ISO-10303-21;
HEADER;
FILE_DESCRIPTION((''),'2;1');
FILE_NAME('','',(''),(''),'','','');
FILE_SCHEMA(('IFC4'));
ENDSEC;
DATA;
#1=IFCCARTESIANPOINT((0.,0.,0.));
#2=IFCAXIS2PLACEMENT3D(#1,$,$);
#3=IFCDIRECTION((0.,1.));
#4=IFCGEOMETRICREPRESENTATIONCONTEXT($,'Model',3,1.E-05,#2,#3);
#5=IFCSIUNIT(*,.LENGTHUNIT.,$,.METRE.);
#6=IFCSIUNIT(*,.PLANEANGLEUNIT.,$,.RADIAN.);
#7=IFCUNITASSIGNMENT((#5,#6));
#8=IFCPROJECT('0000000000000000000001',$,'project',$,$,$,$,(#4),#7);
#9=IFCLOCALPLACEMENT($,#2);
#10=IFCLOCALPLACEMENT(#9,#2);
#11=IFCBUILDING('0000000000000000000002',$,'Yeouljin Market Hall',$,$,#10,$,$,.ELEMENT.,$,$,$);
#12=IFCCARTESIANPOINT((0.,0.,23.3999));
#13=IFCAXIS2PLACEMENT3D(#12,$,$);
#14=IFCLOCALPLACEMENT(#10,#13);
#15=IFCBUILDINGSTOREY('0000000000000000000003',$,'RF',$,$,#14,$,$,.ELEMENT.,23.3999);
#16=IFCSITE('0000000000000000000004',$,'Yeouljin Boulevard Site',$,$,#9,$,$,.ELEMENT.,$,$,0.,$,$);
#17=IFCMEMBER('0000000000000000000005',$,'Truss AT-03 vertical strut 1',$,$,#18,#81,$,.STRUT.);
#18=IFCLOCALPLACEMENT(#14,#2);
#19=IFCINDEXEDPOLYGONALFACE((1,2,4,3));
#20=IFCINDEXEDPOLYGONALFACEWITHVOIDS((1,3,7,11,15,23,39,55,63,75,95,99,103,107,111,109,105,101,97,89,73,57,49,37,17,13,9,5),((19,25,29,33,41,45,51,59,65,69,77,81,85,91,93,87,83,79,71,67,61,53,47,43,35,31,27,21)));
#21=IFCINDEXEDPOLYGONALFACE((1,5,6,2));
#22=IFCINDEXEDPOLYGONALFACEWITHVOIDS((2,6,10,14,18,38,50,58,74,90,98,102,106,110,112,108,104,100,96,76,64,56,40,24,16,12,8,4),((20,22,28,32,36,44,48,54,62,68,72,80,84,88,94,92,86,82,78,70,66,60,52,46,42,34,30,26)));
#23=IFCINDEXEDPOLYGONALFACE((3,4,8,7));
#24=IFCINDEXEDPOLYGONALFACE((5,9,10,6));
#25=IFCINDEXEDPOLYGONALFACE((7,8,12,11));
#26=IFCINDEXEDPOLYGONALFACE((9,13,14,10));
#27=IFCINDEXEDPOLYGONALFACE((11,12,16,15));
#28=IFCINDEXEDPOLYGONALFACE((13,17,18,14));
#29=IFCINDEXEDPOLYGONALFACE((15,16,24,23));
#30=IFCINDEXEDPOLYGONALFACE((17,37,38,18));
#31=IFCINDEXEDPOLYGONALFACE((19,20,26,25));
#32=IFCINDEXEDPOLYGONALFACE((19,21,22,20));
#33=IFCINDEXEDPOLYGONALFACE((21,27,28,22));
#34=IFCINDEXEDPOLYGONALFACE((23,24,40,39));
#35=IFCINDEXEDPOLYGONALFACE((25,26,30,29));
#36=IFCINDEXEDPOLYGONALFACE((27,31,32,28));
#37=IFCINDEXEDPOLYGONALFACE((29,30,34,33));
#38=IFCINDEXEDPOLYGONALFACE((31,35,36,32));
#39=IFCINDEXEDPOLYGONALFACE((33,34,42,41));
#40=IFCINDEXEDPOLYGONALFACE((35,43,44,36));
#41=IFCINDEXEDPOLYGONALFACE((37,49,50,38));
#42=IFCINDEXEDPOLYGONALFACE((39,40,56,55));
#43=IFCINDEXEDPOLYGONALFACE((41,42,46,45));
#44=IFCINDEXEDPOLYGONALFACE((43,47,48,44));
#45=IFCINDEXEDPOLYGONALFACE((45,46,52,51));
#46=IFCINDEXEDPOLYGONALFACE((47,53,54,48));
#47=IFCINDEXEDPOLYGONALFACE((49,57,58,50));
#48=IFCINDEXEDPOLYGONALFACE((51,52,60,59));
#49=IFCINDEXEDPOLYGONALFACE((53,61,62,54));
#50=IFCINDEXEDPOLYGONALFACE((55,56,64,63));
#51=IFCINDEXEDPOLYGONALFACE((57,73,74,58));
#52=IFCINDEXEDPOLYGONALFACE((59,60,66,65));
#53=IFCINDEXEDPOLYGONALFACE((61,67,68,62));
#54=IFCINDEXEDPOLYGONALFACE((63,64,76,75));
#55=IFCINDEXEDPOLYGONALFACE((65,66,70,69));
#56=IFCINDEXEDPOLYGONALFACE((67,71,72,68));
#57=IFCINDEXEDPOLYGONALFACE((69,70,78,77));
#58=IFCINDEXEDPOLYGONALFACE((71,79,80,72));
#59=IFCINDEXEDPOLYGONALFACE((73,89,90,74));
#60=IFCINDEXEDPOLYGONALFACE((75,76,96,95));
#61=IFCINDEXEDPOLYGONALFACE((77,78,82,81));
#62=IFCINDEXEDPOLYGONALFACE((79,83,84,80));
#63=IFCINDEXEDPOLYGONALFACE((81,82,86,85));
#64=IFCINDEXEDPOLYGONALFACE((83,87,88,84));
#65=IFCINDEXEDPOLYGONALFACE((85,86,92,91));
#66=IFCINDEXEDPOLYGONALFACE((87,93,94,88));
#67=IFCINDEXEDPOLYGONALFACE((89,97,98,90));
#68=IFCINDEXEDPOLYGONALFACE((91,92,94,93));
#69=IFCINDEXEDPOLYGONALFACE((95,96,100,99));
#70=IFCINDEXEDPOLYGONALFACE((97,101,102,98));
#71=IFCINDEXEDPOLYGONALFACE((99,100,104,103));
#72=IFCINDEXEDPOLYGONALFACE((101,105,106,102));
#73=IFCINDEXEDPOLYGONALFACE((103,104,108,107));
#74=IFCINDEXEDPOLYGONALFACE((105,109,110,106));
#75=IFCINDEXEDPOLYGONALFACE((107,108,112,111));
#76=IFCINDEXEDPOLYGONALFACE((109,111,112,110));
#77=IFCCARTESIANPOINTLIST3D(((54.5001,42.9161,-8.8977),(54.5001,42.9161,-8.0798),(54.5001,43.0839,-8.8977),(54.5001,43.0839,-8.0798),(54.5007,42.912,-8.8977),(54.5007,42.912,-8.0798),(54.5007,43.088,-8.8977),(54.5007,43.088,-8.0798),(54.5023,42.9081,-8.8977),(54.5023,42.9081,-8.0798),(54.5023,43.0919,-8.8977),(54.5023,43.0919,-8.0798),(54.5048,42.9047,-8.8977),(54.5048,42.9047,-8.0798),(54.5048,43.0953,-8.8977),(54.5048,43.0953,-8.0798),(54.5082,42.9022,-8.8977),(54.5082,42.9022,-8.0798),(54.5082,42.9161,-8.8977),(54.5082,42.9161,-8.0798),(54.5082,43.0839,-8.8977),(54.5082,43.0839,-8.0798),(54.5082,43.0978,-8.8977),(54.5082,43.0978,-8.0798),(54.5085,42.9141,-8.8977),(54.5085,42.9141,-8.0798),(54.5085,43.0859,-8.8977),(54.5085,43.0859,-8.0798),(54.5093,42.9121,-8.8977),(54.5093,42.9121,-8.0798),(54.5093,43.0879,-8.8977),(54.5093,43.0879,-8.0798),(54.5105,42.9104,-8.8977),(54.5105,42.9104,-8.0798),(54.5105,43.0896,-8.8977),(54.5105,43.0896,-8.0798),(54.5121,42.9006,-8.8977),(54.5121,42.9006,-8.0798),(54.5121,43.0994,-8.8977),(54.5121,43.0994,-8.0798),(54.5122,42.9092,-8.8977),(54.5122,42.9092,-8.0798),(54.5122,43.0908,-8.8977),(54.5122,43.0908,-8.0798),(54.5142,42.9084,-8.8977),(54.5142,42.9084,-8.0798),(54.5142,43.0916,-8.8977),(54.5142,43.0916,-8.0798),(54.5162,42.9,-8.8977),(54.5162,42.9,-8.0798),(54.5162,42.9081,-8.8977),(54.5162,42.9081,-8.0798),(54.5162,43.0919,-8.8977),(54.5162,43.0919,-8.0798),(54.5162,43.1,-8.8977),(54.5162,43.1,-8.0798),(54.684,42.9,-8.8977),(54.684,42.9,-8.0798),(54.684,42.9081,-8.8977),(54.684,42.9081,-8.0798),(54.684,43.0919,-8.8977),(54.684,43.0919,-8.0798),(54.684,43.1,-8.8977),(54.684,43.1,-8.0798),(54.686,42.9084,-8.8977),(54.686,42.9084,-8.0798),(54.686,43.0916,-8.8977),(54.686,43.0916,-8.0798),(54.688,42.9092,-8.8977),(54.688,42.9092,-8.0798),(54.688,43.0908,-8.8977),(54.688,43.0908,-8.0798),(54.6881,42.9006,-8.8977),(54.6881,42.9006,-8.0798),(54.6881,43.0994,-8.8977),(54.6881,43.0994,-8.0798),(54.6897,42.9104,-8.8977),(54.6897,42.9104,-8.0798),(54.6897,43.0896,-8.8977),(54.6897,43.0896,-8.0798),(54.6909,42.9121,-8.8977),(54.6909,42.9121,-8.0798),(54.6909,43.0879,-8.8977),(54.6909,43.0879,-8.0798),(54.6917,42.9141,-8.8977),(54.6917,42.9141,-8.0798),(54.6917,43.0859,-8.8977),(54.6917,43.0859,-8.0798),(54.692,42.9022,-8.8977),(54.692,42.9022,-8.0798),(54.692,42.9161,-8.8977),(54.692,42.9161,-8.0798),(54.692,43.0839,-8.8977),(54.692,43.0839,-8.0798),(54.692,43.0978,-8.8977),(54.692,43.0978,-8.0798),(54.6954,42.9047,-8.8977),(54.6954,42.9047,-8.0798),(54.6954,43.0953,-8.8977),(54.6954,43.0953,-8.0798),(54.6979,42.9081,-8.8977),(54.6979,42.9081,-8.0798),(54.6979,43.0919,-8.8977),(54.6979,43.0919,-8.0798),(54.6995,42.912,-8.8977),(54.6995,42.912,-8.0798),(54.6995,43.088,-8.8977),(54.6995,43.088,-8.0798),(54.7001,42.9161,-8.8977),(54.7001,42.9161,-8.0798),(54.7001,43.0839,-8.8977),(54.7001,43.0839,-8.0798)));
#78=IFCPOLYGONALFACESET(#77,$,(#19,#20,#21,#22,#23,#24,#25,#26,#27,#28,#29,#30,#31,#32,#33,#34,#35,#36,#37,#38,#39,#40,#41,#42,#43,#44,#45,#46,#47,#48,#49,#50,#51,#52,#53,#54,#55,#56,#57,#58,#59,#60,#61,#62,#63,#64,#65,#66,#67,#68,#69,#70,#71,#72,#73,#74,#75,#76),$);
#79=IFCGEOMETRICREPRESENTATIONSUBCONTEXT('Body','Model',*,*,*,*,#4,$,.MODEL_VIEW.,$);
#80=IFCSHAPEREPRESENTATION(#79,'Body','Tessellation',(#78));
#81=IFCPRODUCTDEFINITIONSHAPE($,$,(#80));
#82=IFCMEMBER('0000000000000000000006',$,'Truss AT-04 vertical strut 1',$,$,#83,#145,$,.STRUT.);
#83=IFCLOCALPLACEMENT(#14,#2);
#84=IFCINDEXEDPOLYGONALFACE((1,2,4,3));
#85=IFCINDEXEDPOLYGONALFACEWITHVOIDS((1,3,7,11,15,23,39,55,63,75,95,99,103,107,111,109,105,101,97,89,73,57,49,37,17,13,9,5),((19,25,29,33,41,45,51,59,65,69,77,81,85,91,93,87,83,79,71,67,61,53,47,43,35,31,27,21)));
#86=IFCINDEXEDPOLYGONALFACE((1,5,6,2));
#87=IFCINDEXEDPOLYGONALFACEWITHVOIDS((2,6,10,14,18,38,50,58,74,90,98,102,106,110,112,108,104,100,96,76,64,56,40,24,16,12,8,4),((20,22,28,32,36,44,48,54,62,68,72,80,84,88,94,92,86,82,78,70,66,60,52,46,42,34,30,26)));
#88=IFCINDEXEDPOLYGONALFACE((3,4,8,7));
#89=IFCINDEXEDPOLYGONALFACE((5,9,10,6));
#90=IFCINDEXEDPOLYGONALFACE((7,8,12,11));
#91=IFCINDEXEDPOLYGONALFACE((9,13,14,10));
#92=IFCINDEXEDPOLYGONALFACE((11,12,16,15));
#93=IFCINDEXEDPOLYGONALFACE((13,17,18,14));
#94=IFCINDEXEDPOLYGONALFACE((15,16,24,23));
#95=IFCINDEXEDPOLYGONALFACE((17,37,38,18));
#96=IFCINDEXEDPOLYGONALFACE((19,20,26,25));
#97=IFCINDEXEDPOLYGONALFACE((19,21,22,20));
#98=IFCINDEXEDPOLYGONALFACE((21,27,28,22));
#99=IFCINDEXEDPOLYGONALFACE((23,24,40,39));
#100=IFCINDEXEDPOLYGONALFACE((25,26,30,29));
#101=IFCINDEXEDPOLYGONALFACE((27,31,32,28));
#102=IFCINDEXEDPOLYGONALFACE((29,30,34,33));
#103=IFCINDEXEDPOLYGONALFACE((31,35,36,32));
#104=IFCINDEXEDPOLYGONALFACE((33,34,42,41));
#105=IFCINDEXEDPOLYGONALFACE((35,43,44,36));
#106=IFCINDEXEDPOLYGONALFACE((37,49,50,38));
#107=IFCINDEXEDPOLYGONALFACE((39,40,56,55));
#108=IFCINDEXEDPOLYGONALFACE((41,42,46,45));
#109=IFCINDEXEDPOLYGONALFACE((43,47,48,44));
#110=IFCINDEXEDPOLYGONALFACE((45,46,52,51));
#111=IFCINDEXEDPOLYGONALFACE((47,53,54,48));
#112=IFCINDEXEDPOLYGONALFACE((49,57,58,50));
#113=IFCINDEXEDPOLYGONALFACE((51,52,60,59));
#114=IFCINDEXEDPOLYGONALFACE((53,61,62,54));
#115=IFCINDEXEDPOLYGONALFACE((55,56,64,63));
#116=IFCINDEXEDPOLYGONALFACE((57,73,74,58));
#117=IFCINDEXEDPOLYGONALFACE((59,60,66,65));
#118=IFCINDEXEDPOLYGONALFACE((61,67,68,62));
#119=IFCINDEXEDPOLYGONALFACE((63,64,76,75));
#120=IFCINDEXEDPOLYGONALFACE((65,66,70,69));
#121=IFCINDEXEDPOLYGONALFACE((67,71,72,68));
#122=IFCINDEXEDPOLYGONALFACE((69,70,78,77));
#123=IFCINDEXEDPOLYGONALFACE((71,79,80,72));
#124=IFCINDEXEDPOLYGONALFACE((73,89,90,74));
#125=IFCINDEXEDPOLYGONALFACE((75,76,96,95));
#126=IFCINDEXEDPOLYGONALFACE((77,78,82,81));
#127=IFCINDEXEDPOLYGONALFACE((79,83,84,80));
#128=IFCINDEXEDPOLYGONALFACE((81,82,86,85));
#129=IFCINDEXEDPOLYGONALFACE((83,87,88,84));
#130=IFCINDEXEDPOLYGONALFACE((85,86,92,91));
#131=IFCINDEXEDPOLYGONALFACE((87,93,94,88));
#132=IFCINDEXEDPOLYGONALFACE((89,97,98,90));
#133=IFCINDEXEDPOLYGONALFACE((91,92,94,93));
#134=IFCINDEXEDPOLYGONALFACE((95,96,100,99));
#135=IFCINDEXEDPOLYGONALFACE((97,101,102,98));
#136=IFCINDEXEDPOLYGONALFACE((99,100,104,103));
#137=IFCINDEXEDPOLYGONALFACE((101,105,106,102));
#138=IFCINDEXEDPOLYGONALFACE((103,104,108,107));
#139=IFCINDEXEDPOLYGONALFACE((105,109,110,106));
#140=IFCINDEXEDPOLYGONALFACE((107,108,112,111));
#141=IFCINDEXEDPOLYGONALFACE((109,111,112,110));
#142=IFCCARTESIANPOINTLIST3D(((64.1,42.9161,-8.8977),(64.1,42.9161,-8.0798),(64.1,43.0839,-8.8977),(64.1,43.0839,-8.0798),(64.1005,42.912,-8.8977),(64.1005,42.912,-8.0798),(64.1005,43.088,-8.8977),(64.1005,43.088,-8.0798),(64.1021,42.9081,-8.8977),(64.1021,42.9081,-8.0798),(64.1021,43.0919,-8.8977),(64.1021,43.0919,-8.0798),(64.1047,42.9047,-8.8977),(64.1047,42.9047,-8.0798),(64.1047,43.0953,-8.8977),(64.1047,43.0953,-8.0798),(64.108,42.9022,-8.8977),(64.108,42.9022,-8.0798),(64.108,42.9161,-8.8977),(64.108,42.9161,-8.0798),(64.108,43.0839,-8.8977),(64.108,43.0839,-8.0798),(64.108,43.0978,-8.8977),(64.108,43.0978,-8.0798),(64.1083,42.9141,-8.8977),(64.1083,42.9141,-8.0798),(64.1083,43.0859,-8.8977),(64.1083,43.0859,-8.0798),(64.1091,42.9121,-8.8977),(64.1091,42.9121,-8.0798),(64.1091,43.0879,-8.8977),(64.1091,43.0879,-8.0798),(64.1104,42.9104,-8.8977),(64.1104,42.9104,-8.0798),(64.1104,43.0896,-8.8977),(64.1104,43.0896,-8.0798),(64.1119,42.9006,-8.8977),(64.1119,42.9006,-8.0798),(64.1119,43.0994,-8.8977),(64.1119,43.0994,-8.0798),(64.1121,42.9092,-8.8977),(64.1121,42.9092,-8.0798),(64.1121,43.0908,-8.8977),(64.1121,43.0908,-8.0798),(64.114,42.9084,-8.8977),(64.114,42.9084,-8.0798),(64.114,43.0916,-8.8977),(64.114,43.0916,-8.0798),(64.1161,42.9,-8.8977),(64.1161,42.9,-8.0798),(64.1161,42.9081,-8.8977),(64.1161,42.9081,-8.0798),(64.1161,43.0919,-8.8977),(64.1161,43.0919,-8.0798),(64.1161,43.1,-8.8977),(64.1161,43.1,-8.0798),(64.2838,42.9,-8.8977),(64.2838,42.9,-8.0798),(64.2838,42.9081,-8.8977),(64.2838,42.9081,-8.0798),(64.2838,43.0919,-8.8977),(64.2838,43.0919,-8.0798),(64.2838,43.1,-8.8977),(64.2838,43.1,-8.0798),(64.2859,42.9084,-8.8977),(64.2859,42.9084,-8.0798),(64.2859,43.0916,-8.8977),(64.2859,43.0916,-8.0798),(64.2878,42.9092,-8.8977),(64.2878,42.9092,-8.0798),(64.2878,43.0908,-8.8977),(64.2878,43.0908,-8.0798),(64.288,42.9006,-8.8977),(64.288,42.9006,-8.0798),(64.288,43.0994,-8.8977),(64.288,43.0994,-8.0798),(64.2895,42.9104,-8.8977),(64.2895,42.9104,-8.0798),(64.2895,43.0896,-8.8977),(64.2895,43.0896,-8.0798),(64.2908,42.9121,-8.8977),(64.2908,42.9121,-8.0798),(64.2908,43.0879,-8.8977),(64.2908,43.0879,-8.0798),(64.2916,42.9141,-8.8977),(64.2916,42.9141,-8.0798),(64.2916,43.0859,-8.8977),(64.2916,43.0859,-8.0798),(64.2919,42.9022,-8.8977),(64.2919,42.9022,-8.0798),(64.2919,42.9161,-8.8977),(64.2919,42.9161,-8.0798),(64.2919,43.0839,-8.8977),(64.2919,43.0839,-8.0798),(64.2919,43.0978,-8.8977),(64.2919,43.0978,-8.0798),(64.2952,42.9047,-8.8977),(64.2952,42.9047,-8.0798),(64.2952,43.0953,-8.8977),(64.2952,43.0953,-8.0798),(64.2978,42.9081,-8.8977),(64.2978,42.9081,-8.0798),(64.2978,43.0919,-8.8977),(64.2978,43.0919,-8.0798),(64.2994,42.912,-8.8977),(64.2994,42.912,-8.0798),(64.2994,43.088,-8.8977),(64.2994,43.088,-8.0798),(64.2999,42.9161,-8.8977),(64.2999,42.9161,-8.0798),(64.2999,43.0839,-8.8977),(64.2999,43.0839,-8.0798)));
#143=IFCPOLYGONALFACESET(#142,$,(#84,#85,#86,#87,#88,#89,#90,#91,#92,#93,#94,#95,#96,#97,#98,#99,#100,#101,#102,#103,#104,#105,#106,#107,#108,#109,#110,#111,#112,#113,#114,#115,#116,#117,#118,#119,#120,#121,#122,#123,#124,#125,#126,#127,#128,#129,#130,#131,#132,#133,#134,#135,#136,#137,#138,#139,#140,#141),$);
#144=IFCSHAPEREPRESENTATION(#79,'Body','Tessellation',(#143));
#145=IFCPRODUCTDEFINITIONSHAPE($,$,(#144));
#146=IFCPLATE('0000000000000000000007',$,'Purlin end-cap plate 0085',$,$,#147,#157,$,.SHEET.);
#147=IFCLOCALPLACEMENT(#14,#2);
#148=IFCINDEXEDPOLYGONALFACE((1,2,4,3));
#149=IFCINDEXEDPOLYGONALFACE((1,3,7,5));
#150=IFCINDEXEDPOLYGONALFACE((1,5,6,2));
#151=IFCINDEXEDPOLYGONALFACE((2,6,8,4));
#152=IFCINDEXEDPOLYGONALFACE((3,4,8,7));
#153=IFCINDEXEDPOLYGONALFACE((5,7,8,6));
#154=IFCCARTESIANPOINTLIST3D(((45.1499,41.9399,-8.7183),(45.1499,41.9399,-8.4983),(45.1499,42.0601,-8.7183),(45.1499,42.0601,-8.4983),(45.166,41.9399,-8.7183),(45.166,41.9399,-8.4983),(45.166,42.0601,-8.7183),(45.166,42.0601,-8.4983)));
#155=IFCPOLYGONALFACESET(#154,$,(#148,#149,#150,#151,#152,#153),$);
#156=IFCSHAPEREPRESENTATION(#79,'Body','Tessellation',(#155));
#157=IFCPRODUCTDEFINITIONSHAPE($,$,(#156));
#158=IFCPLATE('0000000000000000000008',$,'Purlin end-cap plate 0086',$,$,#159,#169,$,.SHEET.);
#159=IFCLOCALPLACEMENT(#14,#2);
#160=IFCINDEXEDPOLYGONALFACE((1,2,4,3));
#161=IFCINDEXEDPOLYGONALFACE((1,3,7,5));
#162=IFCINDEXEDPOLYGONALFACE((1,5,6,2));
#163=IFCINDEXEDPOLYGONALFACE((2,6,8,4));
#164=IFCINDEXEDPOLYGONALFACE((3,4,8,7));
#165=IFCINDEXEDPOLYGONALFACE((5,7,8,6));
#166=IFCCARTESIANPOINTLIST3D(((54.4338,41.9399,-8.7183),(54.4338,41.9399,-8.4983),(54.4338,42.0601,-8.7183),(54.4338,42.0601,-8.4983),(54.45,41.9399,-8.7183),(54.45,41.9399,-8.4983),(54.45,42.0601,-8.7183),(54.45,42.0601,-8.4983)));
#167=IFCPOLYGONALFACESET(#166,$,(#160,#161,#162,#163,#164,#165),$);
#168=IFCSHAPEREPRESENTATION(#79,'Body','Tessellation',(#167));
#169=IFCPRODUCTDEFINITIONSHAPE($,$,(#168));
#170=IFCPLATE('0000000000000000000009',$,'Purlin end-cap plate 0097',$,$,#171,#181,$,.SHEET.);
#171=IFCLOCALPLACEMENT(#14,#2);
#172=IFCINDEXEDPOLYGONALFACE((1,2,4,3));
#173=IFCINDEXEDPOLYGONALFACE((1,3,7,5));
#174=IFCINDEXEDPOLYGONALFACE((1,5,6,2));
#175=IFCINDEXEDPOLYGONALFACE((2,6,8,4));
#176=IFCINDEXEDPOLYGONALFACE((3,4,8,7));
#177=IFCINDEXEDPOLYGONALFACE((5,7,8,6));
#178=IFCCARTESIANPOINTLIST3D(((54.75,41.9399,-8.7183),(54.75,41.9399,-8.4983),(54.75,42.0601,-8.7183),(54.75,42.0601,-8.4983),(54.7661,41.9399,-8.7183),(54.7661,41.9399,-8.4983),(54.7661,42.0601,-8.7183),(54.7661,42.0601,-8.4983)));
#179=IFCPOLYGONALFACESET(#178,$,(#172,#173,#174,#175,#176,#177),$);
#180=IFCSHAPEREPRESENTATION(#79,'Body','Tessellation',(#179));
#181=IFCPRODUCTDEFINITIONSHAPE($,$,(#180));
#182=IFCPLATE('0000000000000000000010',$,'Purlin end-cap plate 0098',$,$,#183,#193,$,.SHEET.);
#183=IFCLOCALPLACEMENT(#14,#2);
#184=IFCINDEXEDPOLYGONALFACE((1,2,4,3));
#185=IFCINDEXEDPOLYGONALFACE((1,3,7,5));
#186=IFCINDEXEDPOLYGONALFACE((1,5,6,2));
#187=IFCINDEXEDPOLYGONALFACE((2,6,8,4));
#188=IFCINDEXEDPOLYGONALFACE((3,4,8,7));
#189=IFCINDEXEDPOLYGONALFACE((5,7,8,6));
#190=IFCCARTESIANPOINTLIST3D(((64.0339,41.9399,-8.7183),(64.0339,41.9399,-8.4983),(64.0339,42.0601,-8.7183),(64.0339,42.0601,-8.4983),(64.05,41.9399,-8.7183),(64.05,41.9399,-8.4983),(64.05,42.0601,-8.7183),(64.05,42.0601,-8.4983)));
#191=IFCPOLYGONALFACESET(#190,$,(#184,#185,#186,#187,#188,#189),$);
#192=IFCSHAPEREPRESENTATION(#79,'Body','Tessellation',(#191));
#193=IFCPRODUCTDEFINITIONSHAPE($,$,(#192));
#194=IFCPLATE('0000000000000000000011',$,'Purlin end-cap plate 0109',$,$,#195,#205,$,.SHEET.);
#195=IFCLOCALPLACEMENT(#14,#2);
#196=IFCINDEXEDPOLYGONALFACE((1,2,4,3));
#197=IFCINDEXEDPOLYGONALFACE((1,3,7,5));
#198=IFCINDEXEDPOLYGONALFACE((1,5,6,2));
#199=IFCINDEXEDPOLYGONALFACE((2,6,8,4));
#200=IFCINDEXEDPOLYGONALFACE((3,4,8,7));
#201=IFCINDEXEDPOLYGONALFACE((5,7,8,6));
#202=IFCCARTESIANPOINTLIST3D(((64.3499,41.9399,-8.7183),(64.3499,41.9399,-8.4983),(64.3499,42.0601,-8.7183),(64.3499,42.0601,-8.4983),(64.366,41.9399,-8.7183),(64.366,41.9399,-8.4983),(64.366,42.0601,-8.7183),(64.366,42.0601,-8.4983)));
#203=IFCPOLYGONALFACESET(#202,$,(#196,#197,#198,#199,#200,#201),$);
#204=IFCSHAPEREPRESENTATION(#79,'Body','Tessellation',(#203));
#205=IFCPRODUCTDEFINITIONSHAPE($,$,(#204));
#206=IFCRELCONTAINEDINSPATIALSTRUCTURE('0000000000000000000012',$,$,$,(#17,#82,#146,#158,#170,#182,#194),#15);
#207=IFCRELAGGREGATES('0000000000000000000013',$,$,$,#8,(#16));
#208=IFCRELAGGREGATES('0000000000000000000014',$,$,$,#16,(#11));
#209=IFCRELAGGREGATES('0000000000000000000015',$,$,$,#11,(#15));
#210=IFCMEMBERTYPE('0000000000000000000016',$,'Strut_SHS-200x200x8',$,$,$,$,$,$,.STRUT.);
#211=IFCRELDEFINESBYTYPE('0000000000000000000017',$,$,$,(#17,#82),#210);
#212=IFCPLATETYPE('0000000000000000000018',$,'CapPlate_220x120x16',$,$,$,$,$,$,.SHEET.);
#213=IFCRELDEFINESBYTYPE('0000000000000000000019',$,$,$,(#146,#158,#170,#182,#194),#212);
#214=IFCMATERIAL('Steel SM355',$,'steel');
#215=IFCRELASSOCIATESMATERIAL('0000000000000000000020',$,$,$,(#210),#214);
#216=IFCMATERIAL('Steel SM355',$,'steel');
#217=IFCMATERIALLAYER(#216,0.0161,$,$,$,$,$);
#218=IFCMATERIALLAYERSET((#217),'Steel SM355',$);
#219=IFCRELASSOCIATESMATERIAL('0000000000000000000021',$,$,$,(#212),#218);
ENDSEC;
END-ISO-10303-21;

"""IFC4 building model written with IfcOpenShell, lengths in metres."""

from ifc_helpers import new_model, si_unit, direction, frame, origin, origin_2d, place, context, subcontext, project, spatial, rectangle, hollow_rectangle, extrude, material, layer, layer_set, material_profile, profile_set, type_object, element, save


model = new_model("IFC4")

# Units and contexts
model_context = context("Model", 3, precision=1e-05, world=origin(), true_north=direction((0.0, 1.0)))
body_context = subcontext(model_context, "Body", "Model", "MODEL_VIEW")
ifc_project = project(units=[si_unit("LENGTHUNIT", "METRE"), si_unit("PLANEANGLEUNIT", "RADIAN")], contexts=[model_context])

# Site, building, storey
site_placement = place(None, origin())
site = spatial("IfcSite", under=ifc_project, at=site_placement, Name="Yeouljin Boulevard Site", CompositionType="ELEMENT", RefElevation=0.0)
building_placement = place(site_placement, origin())
building = spatial("IfcBuilding", under=site, at=building_placement, Name="Yeouljin Market Hall", CompositionType="ELEMENT")
storey_placement = place(building_placement, frame((0.0, 0.0, 23.3999)))
storey = spatial("IfcBuildingStorey", under=building, at=storey_placement, Name="RF", CompositionType="ELEMENT", Elevation=23.3999)

# Members
ifc_material_1 = material(Name="Steel SM355", Category="steel")
ifc_material_profile_1 = material_profile(ifc_material_1, hollow_rectangle(XDim=0.2, YDim=0.2, WallThickness=0.0081, InnerFilletRadius=0.0081, OuterFilletRadius=0.0161, at=origin_2d()), Name="SHS-200x200x8")
ifc_profile_set_1 = profile_set([ifc_material_profile_1], Name="Steel SM355")
member_type_1 = type_object("IfcMemberType", Name="Strut_SHS-200x200x8", PredefinedType="STRUT", material=ifc_profile_set_1)
for number, where, z_axis, x_axis, name in (
    (1, (54.6001, 43.0, -8.8977), (0.0, 0.0, 1.0), (1.0, 0.0, 0.0), "Truss AT-03 vertical strut 1"),
    (2, (64.2, 43.0, -8.8977), (0.0, 0.0, 1.0), (1.0, 0.0, 0.0), "Truss AT-04 vertical strut 1"),
):
    element("IfcMember", number, at=place(storey_placement, frame(where, z_axis=z_axis, x_axis=x_axis)), inside=storey, type_object=member_type_1, Name=name, PredefinedType="STRUT", context=body_context, shape_type="SweptSolid", body=[
        extrude(hollow_rectangle(XDim=0.2, YDim=0.2, WallThickness=0.0081, InnerFilletRadius=0.0081, OuterFilletRadius=0.0161, at=origin_2d()), origin(), (0.0, 0.0, 1.0), 0.8179),
    ])

# Plates
ifc_material_2 = material(Name="Steel SM355", Category="steel")
ifc_layer_1 = layer(ifc_material_2, 0.0161)
ifc_layer_set_1 = layer_set([ifc_layer_1], Name="Steel SM355")
plate_type_1 = type_object("IfcPlateType", Name="CapPlate_220x120x16", PredefinedType="SHEET", material=ifc_layer_set_1)
for number, where, z_axis, x_axis, name in (
    (3, (45.158, 42.0, -8.7183), (0.0, 0.0, 1.0), (0.0, 1.0, 0.0), "Purlin end-cap plate 0085"),
    (4, (54.4419, 42.0, -8.7183), (0.0, 0.0, 1.0), (0.0, 1.0, 0.0), "Purlin end-cap plate 0086"),
    (5, (54.7581, 42.0, -8.7183), (0.0, 0.0, 1.0), (0.0, 1.0, 0.0), "Purlin end-cap plate 0097"),
    (6, (64.042, 42.0, -8.7183), (0.0, 0.0, 1.0), (0.0, 1.0, 0.0), "Purlin end-cap plate 0098"),
    (7, (64.3579, 42.0, -8.7183), (0.0, 0.0, 1.0), (0.0, 1.0, 0.0), "Purlin end-cap plate 0109"),
):
    element("IfcPlate", number, at=place(storey_placement, frame(where, z_axis=z_axis, x_axis=x_axis)), inside=storey, type_object=plate_type_1, Name=name, PredefinedType="SHEET", context=body_context, shape_type="SweptSolid", body=[
        extrude(rectangle(XDim=0.1201, YDim=0.0161, at=origin_2d()), origin(), (0.0, 0.0, 1.0), 0.22),
    ])

save(model, "model.ifc")
